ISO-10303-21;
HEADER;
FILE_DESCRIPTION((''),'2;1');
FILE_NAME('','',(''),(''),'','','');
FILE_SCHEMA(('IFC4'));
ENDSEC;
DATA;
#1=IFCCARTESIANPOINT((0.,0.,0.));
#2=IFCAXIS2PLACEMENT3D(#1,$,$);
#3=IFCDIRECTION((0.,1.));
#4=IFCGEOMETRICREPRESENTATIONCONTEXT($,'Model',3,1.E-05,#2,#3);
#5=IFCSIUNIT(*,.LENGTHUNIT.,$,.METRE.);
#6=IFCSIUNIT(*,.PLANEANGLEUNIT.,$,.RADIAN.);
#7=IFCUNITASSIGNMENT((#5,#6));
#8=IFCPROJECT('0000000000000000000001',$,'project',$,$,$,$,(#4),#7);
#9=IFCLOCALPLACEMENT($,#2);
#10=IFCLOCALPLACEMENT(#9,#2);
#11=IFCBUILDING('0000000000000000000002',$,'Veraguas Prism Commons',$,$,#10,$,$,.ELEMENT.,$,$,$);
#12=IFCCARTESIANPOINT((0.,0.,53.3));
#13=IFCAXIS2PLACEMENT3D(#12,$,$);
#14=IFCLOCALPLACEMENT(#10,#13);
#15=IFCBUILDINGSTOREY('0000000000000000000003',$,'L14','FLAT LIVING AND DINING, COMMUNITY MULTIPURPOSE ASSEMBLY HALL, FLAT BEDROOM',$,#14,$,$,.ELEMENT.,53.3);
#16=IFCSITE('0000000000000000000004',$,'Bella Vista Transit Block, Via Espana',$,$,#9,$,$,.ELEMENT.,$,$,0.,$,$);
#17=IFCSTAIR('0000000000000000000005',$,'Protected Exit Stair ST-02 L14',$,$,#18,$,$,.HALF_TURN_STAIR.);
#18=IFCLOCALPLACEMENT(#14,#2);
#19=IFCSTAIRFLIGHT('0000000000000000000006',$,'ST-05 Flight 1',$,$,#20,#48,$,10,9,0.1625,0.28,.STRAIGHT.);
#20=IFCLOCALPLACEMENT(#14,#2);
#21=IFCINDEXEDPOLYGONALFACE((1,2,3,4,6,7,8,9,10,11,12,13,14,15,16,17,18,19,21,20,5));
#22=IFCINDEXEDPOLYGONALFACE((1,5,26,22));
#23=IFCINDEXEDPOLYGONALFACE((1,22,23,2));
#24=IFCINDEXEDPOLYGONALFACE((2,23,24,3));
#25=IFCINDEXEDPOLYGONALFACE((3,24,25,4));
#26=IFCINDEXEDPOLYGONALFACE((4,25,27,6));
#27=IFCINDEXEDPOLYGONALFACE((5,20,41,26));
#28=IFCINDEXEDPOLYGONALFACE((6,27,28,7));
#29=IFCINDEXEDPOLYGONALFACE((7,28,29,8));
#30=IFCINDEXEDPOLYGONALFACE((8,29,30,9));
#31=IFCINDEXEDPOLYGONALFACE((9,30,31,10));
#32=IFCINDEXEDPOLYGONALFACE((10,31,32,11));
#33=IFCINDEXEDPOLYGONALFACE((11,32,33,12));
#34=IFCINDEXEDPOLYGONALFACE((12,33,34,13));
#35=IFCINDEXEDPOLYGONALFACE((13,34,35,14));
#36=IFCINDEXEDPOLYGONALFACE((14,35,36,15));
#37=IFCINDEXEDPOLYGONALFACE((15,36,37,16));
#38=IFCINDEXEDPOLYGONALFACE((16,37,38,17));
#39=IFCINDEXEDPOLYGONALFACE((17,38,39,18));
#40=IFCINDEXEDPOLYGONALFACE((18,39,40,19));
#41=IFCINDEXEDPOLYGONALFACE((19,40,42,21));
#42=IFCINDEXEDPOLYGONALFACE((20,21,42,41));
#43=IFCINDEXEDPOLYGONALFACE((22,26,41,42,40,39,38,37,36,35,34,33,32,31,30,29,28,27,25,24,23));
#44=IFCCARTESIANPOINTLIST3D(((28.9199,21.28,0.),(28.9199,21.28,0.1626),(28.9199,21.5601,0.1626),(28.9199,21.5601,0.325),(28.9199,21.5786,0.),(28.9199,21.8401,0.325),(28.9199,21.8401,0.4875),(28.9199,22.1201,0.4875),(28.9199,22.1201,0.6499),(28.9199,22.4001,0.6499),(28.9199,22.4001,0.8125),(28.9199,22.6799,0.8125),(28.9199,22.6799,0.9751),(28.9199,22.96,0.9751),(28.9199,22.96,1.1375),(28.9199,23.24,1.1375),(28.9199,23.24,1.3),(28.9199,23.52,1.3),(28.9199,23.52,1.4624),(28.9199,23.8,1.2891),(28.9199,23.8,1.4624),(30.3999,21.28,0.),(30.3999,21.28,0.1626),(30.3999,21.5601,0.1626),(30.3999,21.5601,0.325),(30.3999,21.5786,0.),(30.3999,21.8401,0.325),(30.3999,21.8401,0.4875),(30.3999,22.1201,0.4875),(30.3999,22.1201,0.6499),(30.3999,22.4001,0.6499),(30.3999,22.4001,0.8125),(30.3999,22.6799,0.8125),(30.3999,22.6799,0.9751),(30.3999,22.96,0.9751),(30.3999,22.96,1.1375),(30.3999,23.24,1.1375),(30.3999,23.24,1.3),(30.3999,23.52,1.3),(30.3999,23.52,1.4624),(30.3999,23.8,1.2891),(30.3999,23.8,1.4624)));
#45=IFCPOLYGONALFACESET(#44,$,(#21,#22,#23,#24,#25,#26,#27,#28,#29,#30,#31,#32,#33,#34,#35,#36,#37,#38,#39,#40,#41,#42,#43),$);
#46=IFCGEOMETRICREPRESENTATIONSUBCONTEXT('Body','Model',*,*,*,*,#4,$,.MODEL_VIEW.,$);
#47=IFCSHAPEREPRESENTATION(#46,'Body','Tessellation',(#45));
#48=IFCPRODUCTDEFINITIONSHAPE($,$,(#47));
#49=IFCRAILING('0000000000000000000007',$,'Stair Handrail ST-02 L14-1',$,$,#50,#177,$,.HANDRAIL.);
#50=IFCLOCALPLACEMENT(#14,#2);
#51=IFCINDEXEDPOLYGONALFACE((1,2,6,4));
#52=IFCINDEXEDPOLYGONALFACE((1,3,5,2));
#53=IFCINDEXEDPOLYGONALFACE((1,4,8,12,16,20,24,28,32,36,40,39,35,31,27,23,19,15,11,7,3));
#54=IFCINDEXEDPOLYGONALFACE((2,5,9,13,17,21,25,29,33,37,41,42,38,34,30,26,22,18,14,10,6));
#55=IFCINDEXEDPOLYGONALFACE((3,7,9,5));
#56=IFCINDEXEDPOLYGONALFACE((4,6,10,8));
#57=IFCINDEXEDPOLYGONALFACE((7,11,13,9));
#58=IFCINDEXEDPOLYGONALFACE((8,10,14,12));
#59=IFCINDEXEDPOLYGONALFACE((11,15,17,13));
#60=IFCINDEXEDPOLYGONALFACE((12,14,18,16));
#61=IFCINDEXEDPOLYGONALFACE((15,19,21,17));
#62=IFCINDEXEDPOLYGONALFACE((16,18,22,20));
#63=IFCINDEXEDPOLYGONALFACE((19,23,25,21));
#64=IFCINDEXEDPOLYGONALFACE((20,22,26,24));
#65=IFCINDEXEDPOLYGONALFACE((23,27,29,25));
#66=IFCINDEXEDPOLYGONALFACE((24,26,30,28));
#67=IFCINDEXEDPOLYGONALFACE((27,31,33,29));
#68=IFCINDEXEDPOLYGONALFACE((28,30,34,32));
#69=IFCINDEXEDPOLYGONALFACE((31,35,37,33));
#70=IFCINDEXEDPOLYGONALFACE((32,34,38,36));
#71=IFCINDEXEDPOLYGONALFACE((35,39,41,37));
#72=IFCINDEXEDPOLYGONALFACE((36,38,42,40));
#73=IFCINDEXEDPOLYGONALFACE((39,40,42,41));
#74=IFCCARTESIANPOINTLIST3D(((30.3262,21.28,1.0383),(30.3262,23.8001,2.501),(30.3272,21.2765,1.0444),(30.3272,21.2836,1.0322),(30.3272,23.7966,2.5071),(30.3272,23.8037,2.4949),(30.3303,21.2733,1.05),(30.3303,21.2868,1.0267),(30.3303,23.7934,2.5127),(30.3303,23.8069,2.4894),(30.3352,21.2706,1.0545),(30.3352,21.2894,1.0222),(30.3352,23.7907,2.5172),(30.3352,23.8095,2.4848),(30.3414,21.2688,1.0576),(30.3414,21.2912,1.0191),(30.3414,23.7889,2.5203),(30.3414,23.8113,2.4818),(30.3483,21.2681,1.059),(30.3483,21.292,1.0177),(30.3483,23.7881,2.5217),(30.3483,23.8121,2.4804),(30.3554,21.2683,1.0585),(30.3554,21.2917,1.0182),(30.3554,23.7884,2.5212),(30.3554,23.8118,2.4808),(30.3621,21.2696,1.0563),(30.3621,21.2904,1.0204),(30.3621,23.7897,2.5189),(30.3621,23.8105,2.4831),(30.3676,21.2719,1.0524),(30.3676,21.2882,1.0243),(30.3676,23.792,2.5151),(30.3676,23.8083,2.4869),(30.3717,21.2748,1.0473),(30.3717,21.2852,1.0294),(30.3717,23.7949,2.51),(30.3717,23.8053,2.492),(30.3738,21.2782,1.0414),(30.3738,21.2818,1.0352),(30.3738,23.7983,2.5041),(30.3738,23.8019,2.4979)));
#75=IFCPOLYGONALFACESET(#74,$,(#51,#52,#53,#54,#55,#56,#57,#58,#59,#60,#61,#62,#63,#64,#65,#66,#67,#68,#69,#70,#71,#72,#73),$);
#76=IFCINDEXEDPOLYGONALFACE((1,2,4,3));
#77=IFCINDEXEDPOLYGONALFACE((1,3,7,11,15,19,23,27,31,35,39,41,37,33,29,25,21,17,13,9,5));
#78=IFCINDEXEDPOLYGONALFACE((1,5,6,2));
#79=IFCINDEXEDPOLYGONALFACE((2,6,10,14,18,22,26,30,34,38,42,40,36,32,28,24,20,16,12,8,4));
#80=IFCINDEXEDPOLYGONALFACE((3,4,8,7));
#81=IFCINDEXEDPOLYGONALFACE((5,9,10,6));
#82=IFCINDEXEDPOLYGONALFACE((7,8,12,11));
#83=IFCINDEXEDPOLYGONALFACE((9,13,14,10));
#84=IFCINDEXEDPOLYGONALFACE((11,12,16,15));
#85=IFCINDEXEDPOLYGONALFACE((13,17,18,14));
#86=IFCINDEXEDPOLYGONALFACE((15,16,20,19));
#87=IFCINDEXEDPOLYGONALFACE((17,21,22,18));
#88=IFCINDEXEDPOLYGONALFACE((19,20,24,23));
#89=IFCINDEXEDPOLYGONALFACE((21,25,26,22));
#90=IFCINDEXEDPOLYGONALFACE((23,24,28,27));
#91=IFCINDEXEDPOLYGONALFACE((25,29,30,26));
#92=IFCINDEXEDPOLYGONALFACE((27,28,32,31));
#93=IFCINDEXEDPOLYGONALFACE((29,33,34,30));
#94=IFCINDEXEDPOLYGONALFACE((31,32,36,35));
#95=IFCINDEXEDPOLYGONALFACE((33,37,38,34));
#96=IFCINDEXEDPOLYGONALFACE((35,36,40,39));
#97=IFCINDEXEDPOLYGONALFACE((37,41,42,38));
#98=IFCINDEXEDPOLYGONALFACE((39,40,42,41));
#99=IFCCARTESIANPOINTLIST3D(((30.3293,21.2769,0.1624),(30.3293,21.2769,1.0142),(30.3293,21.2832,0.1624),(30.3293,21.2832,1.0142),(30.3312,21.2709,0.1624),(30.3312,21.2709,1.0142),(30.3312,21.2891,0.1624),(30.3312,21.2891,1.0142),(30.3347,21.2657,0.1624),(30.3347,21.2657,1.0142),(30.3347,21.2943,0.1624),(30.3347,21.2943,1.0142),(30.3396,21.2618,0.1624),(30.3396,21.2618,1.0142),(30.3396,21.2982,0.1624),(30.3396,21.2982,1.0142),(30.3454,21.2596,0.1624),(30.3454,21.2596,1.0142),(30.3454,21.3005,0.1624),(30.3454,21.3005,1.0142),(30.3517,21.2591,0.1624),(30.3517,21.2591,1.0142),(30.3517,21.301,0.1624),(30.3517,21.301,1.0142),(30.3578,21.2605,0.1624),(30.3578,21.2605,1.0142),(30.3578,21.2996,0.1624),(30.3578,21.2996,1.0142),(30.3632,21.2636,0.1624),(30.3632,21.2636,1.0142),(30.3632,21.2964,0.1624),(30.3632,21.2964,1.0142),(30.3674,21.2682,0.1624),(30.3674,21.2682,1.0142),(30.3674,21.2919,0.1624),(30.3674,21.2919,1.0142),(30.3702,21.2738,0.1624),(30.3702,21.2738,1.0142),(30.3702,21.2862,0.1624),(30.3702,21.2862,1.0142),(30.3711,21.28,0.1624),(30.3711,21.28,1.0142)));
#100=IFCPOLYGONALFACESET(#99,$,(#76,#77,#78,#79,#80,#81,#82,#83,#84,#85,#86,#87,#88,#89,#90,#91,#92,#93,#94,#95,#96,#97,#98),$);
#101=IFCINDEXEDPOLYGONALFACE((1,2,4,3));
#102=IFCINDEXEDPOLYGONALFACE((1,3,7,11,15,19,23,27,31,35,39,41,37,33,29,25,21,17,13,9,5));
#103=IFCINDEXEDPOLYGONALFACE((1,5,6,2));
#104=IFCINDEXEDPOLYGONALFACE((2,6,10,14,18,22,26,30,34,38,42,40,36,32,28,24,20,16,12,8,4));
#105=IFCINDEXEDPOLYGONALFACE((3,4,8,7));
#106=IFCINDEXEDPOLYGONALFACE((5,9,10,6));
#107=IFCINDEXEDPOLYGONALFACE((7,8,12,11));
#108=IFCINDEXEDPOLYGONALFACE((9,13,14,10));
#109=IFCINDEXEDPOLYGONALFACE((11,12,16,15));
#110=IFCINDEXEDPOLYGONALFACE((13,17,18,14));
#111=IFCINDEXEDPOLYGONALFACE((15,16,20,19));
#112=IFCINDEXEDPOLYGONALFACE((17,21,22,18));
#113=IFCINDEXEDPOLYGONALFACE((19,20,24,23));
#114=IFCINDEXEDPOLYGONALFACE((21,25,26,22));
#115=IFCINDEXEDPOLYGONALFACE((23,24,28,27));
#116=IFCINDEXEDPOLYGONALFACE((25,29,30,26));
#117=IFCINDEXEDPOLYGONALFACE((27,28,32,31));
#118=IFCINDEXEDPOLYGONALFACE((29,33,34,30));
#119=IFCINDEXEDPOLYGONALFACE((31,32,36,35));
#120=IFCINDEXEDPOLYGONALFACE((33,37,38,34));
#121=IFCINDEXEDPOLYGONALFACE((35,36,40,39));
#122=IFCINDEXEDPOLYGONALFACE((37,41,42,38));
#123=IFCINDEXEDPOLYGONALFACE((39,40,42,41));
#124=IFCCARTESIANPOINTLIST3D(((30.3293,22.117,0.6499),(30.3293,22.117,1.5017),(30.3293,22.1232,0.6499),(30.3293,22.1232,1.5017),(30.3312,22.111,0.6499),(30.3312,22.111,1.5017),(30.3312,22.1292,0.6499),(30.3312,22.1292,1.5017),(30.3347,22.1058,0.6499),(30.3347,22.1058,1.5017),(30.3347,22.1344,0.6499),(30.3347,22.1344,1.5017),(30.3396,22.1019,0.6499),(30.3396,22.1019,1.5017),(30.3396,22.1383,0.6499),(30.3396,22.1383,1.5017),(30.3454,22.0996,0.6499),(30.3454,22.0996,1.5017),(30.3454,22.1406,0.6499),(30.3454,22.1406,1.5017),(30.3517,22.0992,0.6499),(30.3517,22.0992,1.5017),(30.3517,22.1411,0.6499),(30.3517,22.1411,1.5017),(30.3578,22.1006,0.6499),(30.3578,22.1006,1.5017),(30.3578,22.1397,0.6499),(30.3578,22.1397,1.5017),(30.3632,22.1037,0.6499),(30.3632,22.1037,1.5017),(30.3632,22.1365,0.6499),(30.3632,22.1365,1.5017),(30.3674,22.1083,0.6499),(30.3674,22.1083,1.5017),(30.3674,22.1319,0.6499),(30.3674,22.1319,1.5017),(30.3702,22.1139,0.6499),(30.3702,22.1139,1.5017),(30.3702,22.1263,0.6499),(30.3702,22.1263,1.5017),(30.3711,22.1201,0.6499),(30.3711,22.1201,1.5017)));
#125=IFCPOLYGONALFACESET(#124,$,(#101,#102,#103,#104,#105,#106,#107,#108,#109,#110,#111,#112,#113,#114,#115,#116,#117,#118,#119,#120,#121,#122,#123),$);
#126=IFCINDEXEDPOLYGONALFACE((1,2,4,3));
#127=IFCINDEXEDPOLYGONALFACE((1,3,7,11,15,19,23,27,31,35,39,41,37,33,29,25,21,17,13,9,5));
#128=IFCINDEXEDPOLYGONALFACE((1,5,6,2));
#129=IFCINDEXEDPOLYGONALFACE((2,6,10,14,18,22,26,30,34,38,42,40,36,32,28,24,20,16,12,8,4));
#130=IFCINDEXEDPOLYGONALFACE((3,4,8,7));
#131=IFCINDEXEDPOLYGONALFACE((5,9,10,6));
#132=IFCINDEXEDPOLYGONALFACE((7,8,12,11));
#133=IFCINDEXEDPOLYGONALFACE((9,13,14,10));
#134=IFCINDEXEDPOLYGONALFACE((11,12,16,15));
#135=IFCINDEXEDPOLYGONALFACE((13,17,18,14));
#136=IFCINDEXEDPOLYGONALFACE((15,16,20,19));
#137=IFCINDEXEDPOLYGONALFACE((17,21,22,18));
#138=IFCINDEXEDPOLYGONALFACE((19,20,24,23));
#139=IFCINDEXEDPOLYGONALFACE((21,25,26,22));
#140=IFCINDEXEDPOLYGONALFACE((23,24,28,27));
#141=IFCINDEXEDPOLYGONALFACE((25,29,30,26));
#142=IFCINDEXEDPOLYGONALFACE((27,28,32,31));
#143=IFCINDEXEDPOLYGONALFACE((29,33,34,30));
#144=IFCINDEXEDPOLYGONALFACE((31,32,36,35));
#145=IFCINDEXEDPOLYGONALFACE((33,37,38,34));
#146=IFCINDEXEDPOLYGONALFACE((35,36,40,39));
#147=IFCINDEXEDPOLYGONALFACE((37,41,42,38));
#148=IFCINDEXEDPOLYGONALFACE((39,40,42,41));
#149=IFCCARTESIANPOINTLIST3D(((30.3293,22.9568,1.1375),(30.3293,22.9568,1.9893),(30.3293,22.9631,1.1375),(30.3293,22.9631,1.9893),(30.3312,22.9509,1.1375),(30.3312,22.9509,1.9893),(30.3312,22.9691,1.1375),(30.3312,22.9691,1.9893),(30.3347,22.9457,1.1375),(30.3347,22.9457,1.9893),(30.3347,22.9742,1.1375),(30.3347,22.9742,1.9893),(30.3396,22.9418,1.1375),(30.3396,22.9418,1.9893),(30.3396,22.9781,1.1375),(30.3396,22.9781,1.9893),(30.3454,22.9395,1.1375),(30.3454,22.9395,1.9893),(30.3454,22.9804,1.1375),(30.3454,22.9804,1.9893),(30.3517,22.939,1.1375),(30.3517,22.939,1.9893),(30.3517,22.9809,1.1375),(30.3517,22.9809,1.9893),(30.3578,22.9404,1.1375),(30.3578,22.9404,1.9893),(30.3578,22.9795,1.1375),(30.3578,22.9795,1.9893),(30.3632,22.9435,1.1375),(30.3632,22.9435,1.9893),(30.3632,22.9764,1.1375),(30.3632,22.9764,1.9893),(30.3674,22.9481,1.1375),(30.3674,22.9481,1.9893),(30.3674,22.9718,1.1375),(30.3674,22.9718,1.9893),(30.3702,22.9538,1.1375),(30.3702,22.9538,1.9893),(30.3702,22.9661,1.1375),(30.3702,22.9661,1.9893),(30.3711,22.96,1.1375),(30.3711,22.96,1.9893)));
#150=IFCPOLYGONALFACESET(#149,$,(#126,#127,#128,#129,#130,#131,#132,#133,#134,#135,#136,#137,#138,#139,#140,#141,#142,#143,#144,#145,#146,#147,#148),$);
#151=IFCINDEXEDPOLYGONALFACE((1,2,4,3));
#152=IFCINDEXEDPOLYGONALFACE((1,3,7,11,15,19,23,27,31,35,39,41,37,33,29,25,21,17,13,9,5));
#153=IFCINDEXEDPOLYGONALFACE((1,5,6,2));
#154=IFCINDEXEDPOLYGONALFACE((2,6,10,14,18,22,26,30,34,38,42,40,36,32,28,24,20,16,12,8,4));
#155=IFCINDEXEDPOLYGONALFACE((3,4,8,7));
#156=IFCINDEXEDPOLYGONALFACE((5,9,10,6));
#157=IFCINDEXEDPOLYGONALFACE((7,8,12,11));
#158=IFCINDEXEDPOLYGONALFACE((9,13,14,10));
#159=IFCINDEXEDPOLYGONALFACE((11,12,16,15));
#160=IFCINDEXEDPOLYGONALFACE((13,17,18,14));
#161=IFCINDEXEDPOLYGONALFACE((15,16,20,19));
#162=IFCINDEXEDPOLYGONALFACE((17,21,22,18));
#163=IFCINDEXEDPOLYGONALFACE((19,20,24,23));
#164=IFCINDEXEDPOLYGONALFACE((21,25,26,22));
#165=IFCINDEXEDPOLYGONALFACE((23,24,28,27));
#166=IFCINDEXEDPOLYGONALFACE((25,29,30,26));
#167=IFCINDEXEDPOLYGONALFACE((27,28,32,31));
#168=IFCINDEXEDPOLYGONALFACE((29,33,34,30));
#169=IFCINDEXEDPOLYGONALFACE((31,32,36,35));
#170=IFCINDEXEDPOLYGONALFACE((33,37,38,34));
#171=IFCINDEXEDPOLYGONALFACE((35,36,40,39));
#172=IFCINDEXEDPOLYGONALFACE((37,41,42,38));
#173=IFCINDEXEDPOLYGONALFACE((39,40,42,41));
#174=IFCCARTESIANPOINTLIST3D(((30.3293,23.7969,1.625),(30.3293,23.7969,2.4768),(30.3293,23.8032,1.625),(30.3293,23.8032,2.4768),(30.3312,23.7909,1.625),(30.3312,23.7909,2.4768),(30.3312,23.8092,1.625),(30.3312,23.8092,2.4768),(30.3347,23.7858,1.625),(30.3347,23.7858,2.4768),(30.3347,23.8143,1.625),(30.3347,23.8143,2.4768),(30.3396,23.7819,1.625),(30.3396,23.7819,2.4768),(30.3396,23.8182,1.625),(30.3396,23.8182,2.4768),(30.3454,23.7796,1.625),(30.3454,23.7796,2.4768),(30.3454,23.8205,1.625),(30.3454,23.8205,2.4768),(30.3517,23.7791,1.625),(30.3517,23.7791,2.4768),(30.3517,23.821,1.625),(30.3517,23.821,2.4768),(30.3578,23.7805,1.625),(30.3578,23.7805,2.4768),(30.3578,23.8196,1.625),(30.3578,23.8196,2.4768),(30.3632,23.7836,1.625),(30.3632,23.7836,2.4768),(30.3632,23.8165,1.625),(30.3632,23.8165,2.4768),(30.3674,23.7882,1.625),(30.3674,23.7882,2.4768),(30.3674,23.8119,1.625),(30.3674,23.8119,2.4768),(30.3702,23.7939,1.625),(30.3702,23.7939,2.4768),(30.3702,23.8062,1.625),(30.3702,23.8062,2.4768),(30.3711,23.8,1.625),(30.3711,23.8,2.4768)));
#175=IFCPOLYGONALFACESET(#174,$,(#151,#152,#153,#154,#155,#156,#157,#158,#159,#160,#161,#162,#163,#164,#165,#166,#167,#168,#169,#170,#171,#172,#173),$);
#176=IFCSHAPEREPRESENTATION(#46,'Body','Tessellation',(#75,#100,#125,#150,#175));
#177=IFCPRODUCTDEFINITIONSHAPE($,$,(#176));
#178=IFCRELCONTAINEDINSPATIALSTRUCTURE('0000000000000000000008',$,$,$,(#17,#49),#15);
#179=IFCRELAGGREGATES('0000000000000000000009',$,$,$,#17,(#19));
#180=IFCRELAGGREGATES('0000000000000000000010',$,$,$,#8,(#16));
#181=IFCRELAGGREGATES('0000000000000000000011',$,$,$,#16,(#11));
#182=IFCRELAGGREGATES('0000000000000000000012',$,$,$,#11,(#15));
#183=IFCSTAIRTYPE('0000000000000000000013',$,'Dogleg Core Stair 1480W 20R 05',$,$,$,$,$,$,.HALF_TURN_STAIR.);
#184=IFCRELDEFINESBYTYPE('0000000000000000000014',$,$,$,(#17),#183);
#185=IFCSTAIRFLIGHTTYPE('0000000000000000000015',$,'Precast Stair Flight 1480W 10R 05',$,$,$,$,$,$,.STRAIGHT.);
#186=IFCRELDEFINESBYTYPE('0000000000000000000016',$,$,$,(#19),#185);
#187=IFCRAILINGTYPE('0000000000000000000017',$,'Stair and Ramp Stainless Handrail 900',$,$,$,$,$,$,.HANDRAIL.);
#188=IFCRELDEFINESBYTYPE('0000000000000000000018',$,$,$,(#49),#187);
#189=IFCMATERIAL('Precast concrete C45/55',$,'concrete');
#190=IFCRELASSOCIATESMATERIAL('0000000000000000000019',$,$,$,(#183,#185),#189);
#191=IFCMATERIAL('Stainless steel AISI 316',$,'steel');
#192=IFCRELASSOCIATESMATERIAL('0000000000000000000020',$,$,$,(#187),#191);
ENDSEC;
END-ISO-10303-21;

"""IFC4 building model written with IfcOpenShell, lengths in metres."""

from ifc_helpers import new_model, si_unit, direction, frame, origin, origin_2d, place, context, subcontext, project, spatial, polyline, circle, outline, extrude, material, type_object, element, aggregate, save


model = new_model("IFC4")

# Units and contexts
model_context = context("Model", 3, precision=1e-05, world=origin(), true_north=direction((0.0, 1.0)))
body_context = subcontext(model_context, "Body", "Model", "MODEL_VIEW")
ifc_project = project(units=[si_unit("LENGTHUNIT", "METRE"), si_unit("PLANEANGLEUNIT", "RADIAN")], contexts=[model_context])

# Site, building, storey
site_placement = place(None, origin())
site = spatial("IfcSite", under=ifc_project, at=site_placement, Name="Bella Vista Transit Block, Via Espana", CompositionType="ELEMENT", RefElevation=0.0)
building_placement = place(site_placement, origin())
building = spatial("IfcBuilding", under=site, at=building_placement, Name="Veraguas Prism Commons", CompositionType="ELEMENT")
storey_placement = place(building_placement, frame((0.0, 0.0, 53.3)))
storey = spatial("IfcBuildingStorey", under=building, at=storey_placement, Name="L14", Description="FLAT LIVING AND DINING, COMMUNITY MULTIPURPOSE ASSEMBLY HALL, FLAT BEDROOM", CompositionType="ELEMENT", Elevation=53.3)

# Shared definitions
ifc_material_1 = material(Name="Stainless steel AISI 316", Category="steel")

# Stair, stair flight
ifc_material_2 = material(Name="Precast concrete C45/55", Category="concrete")
stair_type = type_object("IfcStairType", Name="Dogleg Core Stair 1480W 20R 05", PredefinedType="HALF_TURN_STAIR", material=ifc_material_2)
stair_placement = place(storey_placement, origin())
stair = element("IfcStair", 1, at=stair_placement, inside=storey, type_object=stair_type, Name="Protected Exit Stair ST-02 L14", PredefinedType="HALF_TURN_STAIR")
stair_flight_type = type_object("IfcStairFlightType", Name="Precast Stair Flight 1480W 10R 05", PredefinedType="STRAIGHT", material=ifc_material_2)
stair_flight_placement = place(storey_placement, frame((29.6599, 21.28, 0.0), z_axis=(0.0, 0.0, 1.0), x_axis=(0.0, 1.0, 0.0)))
stair_flight = element("IfcStairFlight", 2, at=stair_flight_placement, type_object=stair_flight_type, Name="ST-05 Flight 1", NumberOfRisers=10, NumberOfTreads=9, PredefinedType="STRAIGHT", RiserHeight=0.1625, TreadLength=0.28, context=body_context, shape_type="SweptSolid", body=[
    extrude(outline(polyline([(0.0, 0.0), (0.0, 0.1626), (0.28, 0.1626), (0.28, 0.325), (0.5601, 0.325), (0.5601, 0.4875), (0.8401, 0.4875), (0.8401, 0.6499), (1.1201, 0.6499), (1.1201, 0.8125), (1.3999, 0.8125), (1.3999, 0.9751), (1.6799, 0.9751), (1.6799, 1.1375), (1.96, 1.1375), (1.96, 1.3), (2.24, 1.3), (2.24, 1.4624), (2.52, 1.4624), (2.52, 1.625), (2.52, 1.2891), (0.2986, 0.0), (0.0, 0.0)])), frame((0.0, 0.74, 0.0), z_axis=(0.0, -1.0, 0.0), x_axis=(1.0, 0.0, 0.0)), (0.0, 0.0, 1.0), 1.48),
])
aggregate(stair, [stair_flight])

# Railing
railing_type_1 = type_object("IfcRailingType", Name="Stair and Ramp Stainless Handrail 900", PredefinedType="HANDRAIL", material=ifc_material_1)
railing_1_placement = place(storey_placement, frame((30.3501, 21.28, 0.1624)))
element("IfcRailing", 3, at=railing_1_placement, inside=storey, type_object=railing_type_1, Name="Stair Handrail ST-02 L14-1", PredefinedType="HANDRAIL", context=body_context, shape_type="SweptSolid", body=[
    extrude(circle(Radius=0.0239, at=origin_2d()), frame((0.0, 0.0, 0.876), z_axis=(0.0, 0.864877, 0.501984), x_axis=(-1.0, 0.0, 0.0)), (0.0, 0.0, 1.0), 2.9138),
    extrude(circle(Radius=0.021, at=origin_2d()), origin(), (0.0, 0.0, 1.0), 0.8518),
    extrude(circle(Radius=0.021, at=origin_2d()), frame((0.0, 0.8401, 0.4875)), (0.0, 0.0, 1.0), 0.8518),
    extrude(circle(Radius=0.021, at=origin_2d()), frame((0.0, 1.6799, 0.9751)), (0.0, 0.0, 1.0), 0.8518),
    extrude(circle(Radius=0.021, at=origin_2d()), frame((0.0, 2.52, 1.4626)), (0.0, 0.0, 1.0), 0.8518),
])

save(model, "model.ifc")
